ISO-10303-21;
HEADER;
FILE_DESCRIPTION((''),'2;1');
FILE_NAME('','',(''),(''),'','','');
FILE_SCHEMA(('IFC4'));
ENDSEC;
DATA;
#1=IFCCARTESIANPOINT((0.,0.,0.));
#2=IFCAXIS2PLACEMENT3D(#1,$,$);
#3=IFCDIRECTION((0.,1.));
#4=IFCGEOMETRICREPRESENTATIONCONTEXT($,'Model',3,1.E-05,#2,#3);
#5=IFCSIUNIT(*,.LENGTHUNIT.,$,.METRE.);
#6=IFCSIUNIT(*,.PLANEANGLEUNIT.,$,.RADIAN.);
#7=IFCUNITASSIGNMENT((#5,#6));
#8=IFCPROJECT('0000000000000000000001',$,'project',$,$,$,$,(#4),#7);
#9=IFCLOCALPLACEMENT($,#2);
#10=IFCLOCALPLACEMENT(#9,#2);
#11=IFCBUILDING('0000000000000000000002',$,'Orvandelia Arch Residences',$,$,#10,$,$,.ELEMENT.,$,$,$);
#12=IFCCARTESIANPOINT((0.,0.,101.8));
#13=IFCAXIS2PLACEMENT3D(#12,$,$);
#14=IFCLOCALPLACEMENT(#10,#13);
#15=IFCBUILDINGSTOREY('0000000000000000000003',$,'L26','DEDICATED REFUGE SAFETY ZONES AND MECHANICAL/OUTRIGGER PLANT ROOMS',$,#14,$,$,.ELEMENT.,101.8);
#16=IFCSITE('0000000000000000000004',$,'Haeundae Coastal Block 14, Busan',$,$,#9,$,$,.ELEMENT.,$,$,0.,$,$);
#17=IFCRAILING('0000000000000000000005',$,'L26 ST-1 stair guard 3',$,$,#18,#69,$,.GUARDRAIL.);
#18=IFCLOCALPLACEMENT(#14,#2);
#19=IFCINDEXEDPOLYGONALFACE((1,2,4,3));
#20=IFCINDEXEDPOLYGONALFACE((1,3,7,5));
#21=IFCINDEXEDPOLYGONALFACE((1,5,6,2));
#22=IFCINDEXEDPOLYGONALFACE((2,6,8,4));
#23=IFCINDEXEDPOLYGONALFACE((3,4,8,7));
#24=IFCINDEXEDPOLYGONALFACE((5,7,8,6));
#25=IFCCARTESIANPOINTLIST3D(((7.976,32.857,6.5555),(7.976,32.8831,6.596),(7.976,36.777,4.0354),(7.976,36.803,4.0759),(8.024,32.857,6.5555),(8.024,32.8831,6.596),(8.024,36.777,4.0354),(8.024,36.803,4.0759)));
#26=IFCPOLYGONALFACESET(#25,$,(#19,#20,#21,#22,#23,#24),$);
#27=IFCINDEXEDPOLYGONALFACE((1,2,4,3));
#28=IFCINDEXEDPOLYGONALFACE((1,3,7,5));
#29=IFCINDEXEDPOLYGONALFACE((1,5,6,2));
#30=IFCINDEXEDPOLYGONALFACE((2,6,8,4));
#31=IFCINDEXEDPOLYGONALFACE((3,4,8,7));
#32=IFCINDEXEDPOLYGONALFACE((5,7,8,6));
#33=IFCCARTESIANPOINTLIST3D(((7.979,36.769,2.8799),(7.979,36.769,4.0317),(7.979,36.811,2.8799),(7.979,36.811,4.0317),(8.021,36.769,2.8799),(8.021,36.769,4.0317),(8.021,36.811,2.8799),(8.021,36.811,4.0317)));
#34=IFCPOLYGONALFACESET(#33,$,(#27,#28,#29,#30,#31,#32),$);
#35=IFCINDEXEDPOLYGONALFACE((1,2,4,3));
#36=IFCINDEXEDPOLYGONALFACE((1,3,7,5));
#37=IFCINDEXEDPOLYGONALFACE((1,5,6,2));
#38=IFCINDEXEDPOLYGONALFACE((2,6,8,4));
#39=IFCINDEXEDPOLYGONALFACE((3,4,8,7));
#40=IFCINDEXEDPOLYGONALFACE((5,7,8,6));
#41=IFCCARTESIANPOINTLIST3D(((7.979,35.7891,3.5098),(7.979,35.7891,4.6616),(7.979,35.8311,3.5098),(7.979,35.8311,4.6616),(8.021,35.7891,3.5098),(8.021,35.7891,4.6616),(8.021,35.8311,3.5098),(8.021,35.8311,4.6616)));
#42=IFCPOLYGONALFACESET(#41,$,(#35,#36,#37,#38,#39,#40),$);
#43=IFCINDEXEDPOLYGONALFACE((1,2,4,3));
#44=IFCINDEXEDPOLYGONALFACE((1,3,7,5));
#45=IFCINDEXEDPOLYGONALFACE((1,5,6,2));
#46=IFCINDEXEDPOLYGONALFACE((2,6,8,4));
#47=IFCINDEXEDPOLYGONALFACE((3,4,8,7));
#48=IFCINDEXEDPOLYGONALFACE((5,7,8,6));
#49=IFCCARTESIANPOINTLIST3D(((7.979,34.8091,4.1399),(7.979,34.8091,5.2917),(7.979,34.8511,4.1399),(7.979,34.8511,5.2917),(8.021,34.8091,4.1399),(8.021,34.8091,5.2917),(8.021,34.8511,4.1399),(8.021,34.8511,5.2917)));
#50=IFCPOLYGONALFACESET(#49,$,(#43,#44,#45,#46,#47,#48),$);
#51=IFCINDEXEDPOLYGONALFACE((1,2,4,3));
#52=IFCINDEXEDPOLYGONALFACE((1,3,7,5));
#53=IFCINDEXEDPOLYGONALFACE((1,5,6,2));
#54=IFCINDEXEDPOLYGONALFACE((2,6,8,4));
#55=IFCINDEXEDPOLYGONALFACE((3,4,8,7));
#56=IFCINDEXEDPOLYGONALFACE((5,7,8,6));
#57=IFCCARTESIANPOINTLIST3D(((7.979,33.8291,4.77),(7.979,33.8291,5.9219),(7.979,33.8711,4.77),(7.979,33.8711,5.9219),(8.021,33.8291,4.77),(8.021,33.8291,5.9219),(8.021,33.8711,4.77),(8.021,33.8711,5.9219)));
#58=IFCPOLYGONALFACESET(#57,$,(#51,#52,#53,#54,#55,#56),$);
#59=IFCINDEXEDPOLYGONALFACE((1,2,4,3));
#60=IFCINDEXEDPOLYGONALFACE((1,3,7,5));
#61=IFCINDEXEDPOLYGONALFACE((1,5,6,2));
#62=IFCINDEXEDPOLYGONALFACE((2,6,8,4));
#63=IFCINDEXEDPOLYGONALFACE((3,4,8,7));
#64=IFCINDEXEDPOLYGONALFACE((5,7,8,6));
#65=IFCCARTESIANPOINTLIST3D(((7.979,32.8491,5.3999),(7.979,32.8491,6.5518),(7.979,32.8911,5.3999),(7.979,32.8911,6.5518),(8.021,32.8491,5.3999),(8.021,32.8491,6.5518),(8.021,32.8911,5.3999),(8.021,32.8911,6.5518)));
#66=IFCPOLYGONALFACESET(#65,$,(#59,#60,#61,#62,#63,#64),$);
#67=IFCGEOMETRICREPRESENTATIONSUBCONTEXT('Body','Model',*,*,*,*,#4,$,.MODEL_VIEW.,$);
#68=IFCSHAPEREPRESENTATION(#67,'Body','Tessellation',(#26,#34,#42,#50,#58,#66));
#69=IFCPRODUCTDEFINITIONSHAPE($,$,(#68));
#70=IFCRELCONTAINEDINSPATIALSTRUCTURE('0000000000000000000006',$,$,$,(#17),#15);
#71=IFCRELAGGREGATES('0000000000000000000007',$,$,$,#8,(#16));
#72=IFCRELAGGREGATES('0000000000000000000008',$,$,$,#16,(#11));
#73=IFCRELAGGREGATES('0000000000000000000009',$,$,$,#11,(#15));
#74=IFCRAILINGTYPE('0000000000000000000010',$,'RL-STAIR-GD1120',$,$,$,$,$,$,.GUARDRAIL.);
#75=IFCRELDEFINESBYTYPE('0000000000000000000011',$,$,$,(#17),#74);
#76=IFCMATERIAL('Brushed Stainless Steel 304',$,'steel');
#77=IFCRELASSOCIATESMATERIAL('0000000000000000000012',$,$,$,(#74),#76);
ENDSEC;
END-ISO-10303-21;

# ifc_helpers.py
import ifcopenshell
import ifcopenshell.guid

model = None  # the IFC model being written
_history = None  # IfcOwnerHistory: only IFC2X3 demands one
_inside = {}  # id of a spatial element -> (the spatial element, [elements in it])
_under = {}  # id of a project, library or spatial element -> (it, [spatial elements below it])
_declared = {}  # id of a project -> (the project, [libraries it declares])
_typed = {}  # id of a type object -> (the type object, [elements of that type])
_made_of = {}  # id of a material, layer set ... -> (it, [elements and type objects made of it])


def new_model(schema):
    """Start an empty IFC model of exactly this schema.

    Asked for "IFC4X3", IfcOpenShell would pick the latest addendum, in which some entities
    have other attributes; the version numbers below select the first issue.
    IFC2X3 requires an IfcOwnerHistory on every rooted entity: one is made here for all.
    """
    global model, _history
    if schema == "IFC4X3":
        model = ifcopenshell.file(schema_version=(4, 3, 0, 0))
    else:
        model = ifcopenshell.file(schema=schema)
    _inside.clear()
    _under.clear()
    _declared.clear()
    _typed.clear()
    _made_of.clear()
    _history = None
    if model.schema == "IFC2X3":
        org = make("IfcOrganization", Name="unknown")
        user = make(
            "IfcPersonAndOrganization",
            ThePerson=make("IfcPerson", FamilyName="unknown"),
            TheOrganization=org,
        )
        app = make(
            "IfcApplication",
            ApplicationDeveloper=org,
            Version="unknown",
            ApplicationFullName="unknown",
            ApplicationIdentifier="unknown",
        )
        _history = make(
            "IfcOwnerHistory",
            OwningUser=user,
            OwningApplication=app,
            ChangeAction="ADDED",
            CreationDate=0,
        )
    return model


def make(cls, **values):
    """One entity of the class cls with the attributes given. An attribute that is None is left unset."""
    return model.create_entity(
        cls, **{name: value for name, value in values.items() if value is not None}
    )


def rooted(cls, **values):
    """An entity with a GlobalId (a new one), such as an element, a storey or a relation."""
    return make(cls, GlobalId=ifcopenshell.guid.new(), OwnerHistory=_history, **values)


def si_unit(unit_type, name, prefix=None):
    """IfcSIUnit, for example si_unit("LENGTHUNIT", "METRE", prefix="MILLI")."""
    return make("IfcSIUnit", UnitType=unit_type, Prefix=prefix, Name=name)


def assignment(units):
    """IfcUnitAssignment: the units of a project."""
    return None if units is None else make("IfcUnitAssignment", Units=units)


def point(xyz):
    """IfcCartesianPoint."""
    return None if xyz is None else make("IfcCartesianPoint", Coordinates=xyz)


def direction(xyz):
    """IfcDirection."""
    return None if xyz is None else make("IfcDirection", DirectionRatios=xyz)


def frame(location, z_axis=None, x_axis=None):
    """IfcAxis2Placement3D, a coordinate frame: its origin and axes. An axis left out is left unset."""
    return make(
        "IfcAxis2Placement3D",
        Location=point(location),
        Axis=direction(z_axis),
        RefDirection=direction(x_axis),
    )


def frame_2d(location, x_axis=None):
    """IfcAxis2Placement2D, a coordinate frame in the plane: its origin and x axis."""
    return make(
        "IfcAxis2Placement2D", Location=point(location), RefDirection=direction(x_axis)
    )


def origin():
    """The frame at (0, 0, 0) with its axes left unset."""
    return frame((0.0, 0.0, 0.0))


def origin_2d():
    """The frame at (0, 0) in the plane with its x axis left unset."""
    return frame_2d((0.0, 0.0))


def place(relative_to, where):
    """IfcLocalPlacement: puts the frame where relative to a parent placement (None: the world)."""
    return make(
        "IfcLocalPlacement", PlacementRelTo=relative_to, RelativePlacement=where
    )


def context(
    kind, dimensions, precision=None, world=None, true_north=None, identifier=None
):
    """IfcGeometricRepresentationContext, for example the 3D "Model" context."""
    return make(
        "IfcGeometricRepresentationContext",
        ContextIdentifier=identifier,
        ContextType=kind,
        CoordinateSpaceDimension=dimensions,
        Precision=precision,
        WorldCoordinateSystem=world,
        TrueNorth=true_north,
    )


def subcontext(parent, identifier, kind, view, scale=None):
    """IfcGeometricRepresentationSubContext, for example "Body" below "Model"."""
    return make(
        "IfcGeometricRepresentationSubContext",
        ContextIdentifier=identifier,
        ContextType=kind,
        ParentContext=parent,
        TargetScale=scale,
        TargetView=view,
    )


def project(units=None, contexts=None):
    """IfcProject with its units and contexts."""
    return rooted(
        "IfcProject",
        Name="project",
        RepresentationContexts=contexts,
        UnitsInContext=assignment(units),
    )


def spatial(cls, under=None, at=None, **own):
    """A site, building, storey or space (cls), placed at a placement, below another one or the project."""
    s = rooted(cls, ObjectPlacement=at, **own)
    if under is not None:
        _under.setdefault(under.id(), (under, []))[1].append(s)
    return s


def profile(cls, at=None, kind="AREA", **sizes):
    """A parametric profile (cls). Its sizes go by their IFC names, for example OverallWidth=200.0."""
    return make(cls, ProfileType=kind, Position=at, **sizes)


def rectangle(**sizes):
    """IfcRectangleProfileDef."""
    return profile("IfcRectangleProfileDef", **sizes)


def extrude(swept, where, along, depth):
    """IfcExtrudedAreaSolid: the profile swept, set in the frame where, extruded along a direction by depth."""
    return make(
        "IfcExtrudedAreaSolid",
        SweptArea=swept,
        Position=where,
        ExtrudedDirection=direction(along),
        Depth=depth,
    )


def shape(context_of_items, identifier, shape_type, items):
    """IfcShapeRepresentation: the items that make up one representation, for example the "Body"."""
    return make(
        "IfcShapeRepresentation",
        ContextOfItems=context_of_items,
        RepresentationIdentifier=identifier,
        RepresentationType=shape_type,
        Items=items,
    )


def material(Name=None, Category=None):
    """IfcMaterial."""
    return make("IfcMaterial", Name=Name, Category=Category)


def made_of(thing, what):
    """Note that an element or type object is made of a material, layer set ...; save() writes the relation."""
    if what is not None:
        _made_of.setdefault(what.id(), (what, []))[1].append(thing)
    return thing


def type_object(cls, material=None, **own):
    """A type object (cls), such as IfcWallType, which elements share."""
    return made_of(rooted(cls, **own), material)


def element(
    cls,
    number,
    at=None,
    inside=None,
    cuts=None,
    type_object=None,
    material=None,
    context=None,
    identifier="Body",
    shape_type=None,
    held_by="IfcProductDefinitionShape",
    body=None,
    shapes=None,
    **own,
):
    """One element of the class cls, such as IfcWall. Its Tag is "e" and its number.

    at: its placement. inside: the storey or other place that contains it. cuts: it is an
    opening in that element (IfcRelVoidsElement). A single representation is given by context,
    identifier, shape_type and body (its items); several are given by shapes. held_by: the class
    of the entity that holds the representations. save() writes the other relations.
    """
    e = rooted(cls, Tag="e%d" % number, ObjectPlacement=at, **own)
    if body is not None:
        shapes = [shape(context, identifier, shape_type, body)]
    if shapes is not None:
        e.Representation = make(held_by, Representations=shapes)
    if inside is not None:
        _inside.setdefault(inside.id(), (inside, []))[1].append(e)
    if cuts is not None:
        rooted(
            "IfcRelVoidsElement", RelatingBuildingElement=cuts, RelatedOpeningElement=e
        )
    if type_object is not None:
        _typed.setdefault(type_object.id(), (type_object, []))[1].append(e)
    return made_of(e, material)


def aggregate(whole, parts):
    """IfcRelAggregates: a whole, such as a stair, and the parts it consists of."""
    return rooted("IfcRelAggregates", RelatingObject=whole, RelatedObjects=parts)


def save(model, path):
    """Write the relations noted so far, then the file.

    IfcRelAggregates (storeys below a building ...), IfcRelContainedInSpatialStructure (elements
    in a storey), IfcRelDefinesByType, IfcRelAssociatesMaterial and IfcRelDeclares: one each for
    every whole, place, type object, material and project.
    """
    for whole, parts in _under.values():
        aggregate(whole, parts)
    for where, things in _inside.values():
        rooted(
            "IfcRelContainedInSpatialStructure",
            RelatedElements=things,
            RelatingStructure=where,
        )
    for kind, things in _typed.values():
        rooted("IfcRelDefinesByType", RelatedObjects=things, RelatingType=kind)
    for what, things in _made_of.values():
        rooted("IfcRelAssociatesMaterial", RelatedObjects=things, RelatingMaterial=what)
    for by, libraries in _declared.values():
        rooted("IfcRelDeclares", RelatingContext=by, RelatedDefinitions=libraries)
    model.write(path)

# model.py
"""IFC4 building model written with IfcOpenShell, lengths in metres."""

from ifc_helpers import new_model, si_unit, direction, frame, origin, origin_2d, place, context, subcontext, project, spatial, rectangle, extrude, material, type_object, element, save


model = new_model("IFC4")

# Units and contexts
model_context = context("Model", 3, precision=1e-05, world=origin(), true_north=direction((0.0, 1.0)))
body_context = subcontext(model_context, "Body", "Model", "MODEL_VIEW")
ifc_project = project(units=[si_unit("LENGTHUNIT", "METRE"), si_unit("PLANEANGLEUNIT", "RADIAN")], contexts=[model_context])

# Site, building, storey
site_placement = place(None, origin())
site = spatial("IfcSite", under=ifc_project, at=site_placement, Name="Haeundae Coastal Block 14, Busan", CompositionType="ELEMENT", RefElevation=0.0)
building_placement = place(site_placement, origin())
building = spatial("IfcBuilding", under=site, at=building_placement, Name="Orvandelia Arch Residences", CompositionType="ELEMENT")
storey_placement = place(building_placement, frame((0.0, 0.0, 101.8)))
storey = spatial("IfcBuildingStorey", under=building, at=storey_placement, Name="L26", Description="DEDICATED REFUGE SAFETY ZONES AND MECHANICAL/OUTRIGGER PLANT ROOMS", CompositionType="ELEMENT", Elevation=101.8)

# Railing
ifc_material_1 = material(Name="Brushed Stainless Steel 304", Category="steel")
railing_type = type_object("IfcRailingType", Name="RL-STAIR-GD1120", PredefinedType="GUARDRAIL", material=ifc_material_1)
railing_1_placement = place(storey_placement, frame((8.0, 36.79, 2.8799)))
element("IfcRailing", 1, at=railing_1_placement, inside=storey, type_object=railing_type, Name="L26 ST-1 stair guard 3", PredefinedType="GUARDRAIL", context=body_context, shape_type="SweptSolid", body=[
    extrude(rectangle(XDim=0.0481, YDim=0.0481, at=origin_2d()), frame((0.0, 0.0, 1.1758), z_axis=(0.0, -0.841172, 0.540768), x_axis=(1.0, 0.0, 0.0)), (0.0, 0.0, 1.0), 4.6602),
    extrude(rectangle(XDim=0.042, YDim=0.042, at=origin_2d()), origin(), (0.0, 0.0, 1.0), 1.1519),
    extrude(rectangle(XDim=0.042, YDim=0.042, at=origin_2d()), frame((0.0, -0.98, 0.6299)), (0.0, 0.0, 1.0), 1.1519),
    extrude(rectangle(XDim=0.042, YDim=0.042, at=origin_2d()), frame((0.0, -1.96, 1.26)), (0.0, 0.0, 1.0), 1.1519),
    extrude(rectangle(XDim=0.042, YDim=0.042, at=origin_2d()), frame((0.0, -2.9399, 1.8901)), (0.0, 0.0, 1.0), 1.1519),
    extrude(rectangle(XDim=0.042, YDim=0.042, at=origin_2d()), frame((0.0, -3.9199, 2.52)), (0.0, 0.0, 1.0), 1.1519),
])

save(model, "model.ifc")
